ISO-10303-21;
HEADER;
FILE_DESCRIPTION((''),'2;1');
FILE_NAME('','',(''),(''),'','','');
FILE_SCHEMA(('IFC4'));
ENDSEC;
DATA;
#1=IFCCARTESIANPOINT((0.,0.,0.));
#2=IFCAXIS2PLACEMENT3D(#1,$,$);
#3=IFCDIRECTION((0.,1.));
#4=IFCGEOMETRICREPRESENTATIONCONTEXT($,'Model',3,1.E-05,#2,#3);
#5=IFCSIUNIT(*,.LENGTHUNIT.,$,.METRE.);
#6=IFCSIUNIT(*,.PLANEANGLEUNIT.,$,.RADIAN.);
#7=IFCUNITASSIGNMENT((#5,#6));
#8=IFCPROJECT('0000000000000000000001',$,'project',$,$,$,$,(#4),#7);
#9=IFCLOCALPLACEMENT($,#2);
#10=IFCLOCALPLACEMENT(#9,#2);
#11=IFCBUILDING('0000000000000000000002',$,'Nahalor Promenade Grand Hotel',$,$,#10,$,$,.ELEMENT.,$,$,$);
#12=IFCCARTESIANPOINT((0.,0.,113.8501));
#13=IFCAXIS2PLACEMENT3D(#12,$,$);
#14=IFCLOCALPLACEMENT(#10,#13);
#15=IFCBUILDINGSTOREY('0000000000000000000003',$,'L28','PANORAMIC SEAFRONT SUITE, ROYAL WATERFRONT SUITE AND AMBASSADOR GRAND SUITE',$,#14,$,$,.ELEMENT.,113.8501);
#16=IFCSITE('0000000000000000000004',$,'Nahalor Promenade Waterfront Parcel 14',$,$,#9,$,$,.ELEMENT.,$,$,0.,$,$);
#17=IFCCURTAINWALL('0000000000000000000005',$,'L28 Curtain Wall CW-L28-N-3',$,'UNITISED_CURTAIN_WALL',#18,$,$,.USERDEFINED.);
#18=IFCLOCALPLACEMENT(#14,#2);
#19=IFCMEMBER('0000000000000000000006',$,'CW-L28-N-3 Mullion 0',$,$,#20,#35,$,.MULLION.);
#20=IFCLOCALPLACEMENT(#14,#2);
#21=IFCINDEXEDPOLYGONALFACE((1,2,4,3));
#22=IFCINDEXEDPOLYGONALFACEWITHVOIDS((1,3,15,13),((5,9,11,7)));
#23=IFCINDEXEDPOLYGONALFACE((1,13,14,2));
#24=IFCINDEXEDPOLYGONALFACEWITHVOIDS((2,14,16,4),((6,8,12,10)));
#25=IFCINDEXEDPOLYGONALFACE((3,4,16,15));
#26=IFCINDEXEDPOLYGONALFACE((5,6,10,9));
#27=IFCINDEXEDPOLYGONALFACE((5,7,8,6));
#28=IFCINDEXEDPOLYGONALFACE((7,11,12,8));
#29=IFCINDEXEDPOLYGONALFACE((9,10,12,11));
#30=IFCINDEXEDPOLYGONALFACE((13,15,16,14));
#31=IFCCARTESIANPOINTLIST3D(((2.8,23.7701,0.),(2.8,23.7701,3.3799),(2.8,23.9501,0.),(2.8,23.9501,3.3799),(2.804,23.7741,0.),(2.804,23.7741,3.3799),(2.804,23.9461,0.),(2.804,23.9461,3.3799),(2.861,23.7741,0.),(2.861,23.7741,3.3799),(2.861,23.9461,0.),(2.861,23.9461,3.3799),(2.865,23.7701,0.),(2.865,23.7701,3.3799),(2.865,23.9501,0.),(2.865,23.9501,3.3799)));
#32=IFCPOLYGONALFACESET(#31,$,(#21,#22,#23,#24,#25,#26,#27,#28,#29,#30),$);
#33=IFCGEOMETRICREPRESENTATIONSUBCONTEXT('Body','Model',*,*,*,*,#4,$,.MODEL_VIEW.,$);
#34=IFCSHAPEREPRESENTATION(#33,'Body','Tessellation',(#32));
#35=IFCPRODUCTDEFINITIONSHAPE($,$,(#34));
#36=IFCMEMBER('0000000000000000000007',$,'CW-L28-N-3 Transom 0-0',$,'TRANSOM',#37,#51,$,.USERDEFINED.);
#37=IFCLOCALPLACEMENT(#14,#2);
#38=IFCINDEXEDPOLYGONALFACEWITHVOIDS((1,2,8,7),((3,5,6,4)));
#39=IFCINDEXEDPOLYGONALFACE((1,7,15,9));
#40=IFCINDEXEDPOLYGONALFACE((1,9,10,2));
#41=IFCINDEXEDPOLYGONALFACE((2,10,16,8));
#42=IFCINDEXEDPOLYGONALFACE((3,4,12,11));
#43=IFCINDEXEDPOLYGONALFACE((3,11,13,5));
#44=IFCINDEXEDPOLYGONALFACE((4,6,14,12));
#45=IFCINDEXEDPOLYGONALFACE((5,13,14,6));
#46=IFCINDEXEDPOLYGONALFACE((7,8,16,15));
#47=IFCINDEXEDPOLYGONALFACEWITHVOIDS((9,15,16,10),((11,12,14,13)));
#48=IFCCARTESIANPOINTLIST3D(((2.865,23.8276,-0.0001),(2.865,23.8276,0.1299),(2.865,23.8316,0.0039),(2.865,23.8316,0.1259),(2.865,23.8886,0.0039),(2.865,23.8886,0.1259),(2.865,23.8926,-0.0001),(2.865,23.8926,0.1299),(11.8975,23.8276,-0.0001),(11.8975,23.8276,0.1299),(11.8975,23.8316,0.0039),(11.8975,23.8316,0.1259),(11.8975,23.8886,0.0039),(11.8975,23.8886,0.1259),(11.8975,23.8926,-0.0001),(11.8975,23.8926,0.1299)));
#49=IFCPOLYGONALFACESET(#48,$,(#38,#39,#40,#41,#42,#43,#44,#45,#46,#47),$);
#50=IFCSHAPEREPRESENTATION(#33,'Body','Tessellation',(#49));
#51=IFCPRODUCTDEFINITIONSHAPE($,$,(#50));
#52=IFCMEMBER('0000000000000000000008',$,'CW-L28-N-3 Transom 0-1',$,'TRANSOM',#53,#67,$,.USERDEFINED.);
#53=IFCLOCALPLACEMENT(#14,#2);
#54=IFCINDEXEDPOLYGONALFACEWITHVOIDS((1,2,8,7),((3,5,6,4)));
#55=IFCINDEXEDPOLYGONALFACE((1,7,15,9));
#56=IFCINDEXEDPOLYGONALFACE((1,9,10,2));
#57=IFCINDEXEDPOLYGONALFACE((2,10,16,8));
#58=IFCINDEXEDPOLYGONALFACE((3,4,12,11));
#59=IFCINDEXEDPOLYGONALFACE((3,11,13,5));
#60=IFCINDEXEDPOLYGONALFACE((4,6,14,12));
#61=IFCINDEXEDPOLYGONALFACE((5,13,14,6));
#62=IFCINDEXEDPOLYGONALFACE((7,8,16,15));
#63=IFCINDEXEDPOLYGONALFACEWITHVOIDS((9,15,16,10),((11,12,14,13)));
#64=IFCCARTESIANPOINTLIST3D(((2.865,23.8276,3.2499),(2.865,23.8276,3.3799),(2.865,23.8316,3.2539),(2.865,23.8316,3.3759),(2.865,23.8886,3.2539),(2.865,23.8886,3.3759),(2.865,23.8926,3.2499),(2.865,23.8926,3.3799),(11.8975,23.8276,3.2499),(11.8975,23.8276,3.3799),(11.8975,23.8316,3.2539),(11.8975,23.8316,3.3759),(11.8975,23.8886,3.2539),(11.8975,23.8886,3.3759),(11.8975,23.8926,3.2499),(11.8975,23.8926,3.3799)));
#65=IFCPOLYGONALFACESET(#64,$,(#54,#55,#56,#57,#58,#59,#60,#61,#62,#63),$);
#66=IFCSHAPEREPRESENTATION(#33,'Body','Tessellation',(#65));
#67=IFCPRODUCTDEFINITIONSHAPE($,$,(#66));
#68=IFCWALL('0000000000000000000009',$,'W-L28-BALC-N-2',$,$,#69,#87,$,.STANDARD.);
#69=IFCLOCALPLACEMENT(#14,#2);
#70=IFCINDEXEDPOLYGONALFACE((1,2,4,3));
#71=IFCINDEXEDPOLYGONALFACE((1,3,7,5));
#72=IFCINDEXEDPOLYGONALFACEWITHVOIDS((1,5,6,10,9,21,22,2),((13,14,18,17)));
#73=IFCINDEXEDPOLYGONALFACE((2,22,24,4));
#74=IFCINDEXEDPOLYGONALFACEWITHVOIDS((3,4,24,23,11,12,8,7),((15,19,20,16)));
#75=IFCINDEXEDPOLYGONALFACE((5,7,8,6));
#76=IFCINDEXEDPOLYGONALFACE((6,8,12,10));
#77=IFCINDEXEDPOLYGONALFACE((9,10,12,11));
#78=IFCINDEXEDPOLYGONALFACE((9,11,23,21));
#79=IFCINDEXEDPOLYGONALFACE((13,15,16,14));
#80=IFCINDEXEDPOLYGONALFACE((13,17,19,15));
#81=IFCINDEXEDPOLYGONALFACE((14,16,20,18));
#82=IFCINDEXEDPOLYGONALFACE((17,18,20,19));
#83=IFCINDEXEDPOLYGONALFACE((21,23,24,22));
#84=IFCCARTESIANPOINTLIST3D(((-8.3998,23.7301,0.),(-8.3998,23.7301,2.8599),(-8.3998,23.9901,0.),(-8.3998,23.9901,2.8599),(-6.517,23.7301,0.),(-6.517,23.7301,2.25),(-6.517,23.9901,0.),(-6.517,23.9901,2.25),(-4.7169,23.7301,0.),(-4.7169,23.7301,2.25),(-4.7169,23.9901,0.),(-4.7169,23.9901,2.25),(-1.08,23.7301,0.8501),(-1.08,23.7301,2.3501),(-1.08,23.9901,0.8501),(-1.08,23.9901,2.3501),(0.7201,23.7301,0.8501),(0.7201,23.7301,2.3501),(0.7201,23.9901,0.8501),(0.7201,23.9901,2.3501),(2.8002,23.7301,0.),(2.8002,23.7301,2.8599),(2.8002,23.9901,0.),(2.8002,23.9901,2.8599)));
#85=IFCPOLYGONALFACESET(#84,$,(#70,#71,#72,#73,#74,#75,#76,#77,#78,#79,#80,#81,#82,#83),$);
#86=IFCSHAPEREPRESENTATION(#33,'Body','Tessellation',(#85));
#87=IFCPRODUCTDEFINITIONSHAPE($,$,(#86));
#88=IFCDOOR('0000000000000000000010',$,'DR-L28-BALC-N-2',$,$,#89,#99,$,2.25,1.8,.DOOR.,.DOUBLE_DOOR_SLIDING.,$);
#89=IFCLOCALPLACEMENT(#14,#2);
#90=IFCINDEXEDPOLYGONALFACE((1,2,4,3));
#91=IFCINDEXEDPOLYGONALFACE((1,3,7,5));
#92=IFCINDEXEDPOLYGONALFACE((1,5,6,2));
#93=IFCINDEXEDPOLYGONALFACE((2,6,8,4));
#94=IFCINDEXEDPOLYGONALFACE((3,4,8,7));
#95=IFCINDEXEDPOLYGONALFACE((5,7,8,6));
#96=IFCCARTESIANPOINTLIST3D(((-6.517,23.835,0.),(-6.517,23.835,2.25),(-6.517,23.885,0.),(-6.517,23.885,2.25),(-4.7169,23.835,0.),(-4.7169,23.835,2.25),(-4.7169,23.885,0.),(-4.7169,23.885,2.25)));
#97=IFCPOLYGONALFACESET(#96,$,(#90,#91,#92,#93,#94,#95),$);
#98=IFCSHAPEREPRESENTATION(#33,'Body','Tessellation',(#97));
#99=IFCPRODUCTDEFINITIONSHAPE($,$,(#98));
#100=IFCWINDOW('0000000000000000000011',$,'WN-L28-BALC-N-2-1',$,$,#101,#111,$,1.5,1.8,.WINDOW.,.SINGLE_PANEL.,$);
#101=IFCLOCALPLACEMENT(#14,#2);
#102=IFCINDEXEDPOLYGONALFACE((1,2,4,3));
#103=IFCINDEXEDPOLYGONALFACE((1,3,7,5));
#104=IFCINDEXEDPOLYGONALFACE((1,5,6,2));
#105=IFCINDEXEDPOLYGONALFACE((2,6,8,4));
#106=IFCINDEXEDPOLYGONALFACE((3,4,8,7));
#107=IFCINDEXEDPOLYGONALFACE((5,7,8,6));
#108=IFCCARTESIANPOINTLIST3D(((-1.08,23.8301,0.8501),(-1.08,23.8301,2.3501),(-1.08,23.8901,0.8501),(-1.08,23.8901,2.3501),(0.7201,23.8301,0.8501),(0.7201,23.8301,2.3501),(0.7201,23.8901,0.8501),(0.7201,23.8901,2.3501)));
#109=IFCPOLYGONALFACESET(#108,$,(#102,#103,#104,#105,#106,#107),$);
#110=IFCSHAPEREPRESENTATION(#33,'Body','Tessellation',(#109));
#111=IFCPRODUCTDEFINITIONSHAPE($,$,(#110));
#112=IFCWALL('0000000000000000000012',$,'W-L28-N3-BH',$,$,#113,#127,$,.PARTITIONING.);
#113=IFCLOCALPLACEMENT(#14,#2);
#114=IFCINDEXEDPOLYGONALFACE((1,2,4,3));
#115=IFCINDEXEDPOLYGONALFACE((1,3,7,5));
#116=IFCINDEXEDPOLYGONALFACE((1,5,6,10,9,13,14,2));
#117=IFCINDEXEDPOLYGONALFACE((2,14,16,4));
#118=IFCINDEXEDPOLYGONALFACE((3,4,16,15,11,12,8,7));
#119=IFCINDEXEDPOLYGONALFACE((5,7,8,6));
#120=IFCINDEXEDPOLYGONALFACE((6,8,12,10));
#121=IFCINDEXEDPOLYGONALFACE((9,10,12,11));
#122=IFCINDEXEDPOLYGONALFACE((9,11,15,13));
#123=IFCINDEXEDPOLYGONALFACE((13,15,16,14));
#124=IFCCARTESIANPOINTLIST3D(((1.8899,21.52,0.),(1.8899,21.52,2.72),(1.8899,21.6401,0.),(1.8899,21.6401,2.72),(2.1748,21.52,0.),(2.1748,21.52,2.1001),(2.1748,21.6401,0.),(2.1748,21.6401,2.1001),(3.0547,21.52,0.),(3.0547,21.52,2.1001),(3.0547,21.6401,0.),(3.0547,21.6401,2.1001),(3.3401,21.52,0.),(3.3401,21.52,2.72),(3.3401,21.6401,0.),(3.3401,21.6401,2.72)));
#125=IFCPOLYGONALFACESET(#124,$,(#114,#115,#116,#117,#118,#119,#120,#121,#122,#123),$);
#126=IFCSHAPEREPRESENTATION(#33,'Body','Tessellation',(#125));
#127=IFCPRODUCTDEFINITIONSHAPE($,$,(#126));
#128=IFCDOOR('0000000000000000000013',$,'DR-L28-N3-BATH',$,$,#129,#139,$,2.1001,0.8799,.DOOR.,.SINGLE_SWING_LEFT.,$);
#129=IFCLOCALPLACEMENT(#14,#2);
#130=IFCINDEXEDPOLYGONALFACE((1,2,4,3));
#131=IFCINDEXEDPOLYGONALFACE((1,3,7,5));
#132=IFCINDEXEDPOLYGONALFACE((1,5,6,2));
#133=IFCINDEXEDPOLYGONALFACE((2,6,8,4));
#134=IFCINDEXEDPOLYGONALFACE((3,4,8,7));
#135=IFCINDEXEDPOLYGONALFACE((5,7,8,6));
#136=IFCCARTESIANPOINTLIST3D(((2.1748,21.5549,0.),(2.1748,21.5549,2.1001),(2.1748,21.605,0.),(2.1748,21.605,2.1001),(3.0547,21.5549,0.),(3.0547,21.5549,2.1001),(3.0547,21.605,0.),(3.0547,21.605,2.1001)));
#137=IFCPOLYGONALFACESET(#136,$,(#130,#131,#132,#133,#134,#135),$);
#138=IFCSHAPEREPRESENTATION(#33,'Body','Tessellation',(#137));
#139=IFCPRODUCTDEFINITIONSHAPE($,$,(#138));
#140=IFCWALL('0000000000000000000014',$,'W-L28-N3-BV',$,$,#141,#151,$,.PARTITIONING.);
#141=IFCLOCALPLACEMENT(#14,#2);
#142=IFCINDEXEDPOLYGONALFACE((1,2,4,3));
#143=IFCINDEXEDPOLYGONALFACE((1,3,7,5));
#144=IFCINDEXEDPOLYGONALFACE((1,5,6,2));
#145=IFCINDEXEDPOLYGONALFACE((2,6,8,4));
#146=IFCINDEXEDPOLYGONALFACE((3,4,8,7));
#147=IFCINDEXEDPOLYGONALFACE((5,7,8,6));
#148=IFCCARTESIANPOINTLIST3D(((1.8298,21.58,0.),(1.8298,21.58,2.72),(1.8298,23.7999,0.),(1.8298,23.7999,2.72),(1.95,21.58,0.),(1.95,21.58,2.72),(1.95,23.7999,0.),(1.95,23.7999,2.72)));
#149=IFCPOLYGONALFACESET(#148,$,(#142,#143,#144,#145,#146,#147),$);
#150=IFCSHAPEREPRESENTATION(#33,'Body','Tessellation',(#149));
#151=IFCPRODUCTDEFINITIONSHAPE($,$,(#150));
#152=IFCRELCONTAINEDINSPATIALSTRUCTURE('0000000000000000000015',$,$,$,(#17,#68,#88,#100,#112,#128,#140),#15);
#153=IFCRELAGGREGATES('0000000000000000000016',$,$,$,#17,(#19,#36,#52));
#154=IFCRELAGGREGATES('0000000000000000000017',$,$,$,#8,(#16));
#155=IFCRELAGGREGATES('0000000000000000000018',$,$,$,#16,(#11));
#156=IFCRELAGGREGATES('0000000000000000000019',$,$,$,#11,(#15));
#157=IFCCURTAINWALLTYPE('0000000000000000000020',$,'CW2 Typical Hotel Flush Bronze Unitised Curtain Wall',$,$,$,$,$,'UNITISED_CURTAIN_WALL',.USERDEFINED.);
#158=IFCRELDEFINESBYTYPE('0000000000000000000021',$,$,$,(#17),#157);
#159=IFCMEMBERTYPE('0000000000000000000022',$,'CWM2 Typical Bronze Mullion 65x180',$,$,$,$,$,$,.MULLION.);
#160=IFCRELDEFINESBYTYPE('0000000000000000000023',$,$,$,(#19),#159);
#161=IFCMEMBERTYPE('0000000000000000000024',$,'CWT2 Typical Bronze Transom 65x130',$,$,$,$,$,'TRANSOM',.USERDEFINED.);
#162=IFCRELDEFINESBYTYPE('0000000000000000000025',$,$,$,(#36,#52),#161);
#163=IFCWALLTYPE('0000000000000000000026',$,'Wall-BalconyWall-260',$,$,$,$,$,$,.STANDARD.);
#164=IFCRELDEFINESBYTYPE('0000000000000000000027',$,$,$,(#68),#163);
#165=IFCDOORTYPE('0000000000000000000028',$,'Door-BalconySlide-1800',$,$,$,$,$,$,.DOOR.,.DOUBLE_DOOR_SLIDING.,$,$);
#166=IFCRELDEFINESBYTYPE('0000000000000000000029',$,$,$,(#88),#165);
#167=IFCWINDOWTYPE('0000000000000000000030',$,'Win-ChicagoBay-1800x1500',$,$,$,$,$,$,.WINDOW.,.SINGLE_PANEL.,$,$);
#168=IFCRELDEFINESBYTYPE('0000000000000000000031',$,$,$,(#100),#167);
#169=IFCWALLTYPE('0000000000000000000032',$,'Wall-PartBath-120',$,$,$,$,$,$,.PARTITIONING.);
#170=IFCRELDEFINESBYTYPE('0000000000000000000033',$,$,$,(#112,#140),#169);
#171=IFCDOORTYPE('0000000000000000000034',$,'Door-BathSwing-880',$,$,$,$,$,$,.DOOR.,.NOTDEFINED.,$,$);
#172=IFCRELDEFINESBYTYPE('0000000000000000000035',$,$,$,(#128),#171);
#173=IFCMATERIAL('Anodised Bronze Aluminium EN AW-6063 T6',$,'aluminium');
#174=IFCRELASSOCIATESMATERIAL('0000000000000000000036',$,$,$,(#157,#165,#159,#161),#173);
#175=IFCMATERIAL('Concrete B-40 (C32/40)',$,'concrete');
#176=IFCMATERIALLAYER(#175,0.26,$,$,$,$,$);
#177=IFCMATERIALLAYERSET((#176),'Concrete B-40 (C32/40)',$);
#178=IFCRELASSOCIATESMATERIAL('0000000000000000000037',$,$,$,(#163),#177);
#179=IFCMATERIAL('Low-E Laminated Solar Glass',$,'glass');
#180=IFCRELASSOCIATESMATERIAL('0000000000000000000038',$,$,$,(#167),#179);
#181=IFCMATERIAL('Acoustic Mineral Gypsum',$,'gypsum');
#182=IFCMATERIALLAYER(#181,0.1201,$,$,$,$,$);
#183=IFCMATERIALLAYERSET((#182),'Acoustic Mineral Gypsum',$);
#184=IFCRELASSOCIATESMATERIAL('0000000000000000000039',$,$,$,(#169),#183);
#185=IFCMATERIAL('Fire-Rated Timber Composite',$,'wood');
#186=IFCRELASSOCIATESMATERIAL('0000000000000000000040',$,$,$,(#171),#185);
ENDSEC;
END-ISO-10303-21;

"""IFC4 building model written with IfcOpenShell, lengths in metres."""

from ifc_helpers import new_model, si_unit, direction, frame, frame_2d, origin, origin_2d, place, context, subcontext, project, spatial, rectangle, hollow_rectangle, extrude, source, transform, mapped, material, layer, layer_set, material_profile, profile_set, type_object, element, fill, aggregate, save


model = new_model("IFC4")

# Units and contexts
model_context = context("Model", 3, precision=1e-05, world=origin(), true_north=direction((0.0, 1.0)))
body_context = subcontext(model_context, "Body", "Model", "MODEL_VIEW")
ifc_project = project(units=[si_unit("LENGTHUNIT", "METRE"), si_unit("PLANEANGLEUNIT", "RADIAN")], contexts=[model_context])

# Site, building, storey
site_placement = place(None, origin())
site = spatial("IfcSite", under=ifc_project, at=site_placement, Name="Nahalor Promenade Waterfront Parcel 14", CompositionType="ELEMENT", RefElevation=0.0)
building_placement = place(site_placement, origin())
building = spatial("IfcBuilding", under=site, at=building_placement, Name="Nahalor Promenade Grand Hotel", CompositionType="ELEMENT")
storey_placement = place(building_placement, frame((0.0, 0.0, 113.8501)))
storey = spatial("IfcBuildingStorey", under=building, at=storey_placement, Name="L28", Description="PANORAMIC SEAFRONT SUITE, ROYAL WATERFRONT SUITE AND AMBASSADOR GRAND SUITE", CompositionType="ELEMENT", Elevation=113.8501)

# Curtain wall, members
ifc_material_1 = material(Name="Anodised Bronze Aluminium EN AW-6063 T6", Category="aluminium")
curtain_wall_type = type_object("IfcCurtainWallType", Name="CW2 Typical Hotel Flush Bronze Unitised Curtain Wall", ElementType="UNITISED_CURTAIN_WALL", PredefinedType="USERDEFINED", material=ifc_material_1)
curtain_wall_placement = place(storey_placement, origin())
curtain_wall = element("IfcCurtainWall", 1, at=curtain_wall_placement, inside=storey, type_object=curtain_wall_type, Name="L28 Curtain Wall CW-L28-N-3", ObjectType="UNITISED_CURTAIN_WALL", PredefinedType="USERDEFINED")
ifc_material_profile_1 = material_profile(ifc_material_1, hollow_rectangle(XDim=0.065, YDim=0.18, WallThickness=0.004, at=origin_2d()), Name="CWM 65x180x4")
ifc_profile_set_1 = profile_set([ifc_material_profile_1], Name="Anodised Bronze Aluminium EN AW-6063 T6")
member_type_1 = type_object("IfcMemberType", Name="CWM2 Typical Bronze Mullion 65x180", PredefinedType="MULLION", material=ifc_profile_set_1)
shared_shape_1 = source(origin(), body_context, "Body", "SweptSolid", [
    extrude(hollow_rectangle(XDim=0.065, YDim=0.18, WallThickness=0.004, at=origin_2d()), origin(), (0.0, 0.0, 1.0), 3.3799),
])
member_1_placement = place(storey_placement, frame((2.8325, 23.8601, 0.0), z_axis=(0.0, 0.0, 1.0), x_axis=(1.0, 0.0, 0.0)))
member_1 = element("IfcMember", 2, at=member_1_placement, type_object=member_type_1, Name="CW-L28-N-3 Mullion 0", PredefinedType="MULLION", context=body_context, shape_type="MappedRepresentation", body=[
    mapped(shared_shape_1, transform((0.0, 0.0, 0.0), scale=1.0)),
])
ifc_material_profile_2 = material_profile(ifc_material_1, hollow_rectangle(XDim=0.065, YDim=0.13, WallThickness=0.004, at=origin_2d()), Name="CWT 65x130x4")
ifc_profile_set_2 = profile_set([ifc_material_profile_2], Name="Anodised Bronze Aluminium EN AW-6063 T6")
member_type_2 = type_object("IfcMemberType", Name="CWT2 Typical Bronze Transom 65x130", ElementType="TRANSOM", PredefinedType="USERDEFINED", material=ifc_profile_set_2)
shared_shape_2 = source(origin(), body_context, "Body", "SweptSolid", [
    extrude(hollow_rectangle(XDim=0.065, YDim=0.13, WallThickness=0.004, at=origin_2d()), origin(), (0.0, 0.0, 1.0), 9.0325),
])
member_2_placement = place(storey_placement, frame((2.865, 23.8601, 0.0649), z_axis=(1.0, 0.0, 0.0), x_axis=(0.0, 1.0, 0.0)))
member_2 = element("IfcMember", 3, at=member_2_placement, type_object=member_type_2, Name="CW-L28-N-3 Transom 0-0", ObjectType="TRANSOM", PredefinedType="USERDEFINED", context=body_context, shape_type="MappedRepresentation", body=[
    mapped(shared_shape_2, transform((0.0, 0.0, 0.0), scale=1.0)),
])
member_3_placement = place(storey_placement, frame((2.865, 23.8601, 3.3149), z_axis=(1.0, 0.0, 0.0), x_axis=(0.0, 1.0, 0.0)))
member_3 = element("IfcMember", 4, at=member_3_placement, type_object=member_type_2, Name="CW-L28-N-3 Transom 0-1", ObjectType="TRANSOM", PredefinedType="USERDEFINED", context=body_context, shape_type="MappedRepresentation", body=[
    mapped(shared_shape_2, transform((0.0, 0.0, 0.0), scale=1.0)),
])
aggregate(curtain_wall, [member_1, member_2, member_3])

# Wall, openings, door, window
ifc_material_2 = material(Name="Concrete B-40 (C32/40)", Category="concrete")
ifc_layer_1 = layer(ifc_material_2, 0.26)
ifc_layer_set_1 = layer_set([ifc_layer_1], Name="Concrete B-40 (C32/40)")
wall_type_1 = type_object("IfcWallType", Name="Wall-BalconyWall-260", PredefinedType="STANDARD", material=ifc_layer_set_1)
shared_shape_3 = source(origin(), body_context, "Body", "SweptSolid", [
    extrude(rectangle(XDim=11.2, YDim=0.26, at=frame_2d((5.6001, 0.0))), origin(), (0.0, 0.0, 1.0), 2.8599),
])
wall_1_placement = place(storey_placement, frame((-8.3999, 23.8601, 0.0), z_axis=(0.0, 0.0, 1.0), x_axis=(1.0, 0.0, 0.0)))
wall_1 = element("IfcWall", 5, at=wall_1_placement, inside=storey, type_object=wall_type_1, Name="W-L28-BALC-N-2", PredefinedType="STANDARD", context=body_context, shape_type="MappedRepresentation", body=[
    mapped(shared_shape_3, transform((0.0, 0.0, 0.0), scale=1.0)),
])
opening_1_placement = place(wall_1_placement, frame((1.8831, 0.0, 0.0)))
opening_1 = element("IfcOpeningElement", 6, at=opening_1_placement, cuts=wall_1, PredefinedType="OPENING", context=body_context, shape_type="SweptSolid", body=[
    extrude(rectangle(XDim=1.8, YDim=2.25, at=frame_2d((0.8999, 1.125))), frame((0.0, 0.1399, 0.0), z_axis=(0.0, -1.0, 0.0), x_axis=(1.0, 0.0, 0.0)), (0.0, 0.0, 1.0), 0.28),
])
opening_2_placement = place(wall_1_placement, frame((7.3201, 0.0, 0.8501)))
opening_2 = element("IfcOpeningElement", 7, at=opening_2_placement, cuts=wall_1, PredefinedType="OPENING", context=body_context, shape_type="SweptSolid", body=[
    extrude(rectangle(XDim=1.8, YDim=1.5, at=frame_2d((0.8999, 0.75))), frame((0.0, 0.1399, 0.0), z_axis=(0.0, -1.0, 0.0), x_axis=(1.0, 0.0, 0.0)), (0.0, 0.0, 1.0), 0.28),
])
door_type_1 = type_object("IfcDoorType", Name="Door-BalconySlide-1800", OperationType="DOUBLE_DOOR_SLIDING", PredefinedType="DOOR", material=ifc_material_1)
shared_shape_4 = source(origin(), body_context, "Body", "SweptSolid", [
    extrude(rectangle(XDim=1.8, YDim=2.25, at=frame_2d((0.8999, 1.125))), frame((0.0, 0.0249, 0.0), z_axis=(0.0, -1.0, 0.0), x_axis=(1.0, 0.0, 0.0)), (0.0, 0.0, 1.0), 0.05),
])
door_1_placement = place(opening_1_placement, origin())
door_1 = element("IfcDoor", 8, at=door_1_placement, inside=storey, type_object=door_type_1, Name="DR-L28-BALC-N-2", OperationType="DOUBLE_DOOR_SLIDING", OverallHeight=2.25, OverallWidth=1.8, PredefinedType="DOOR", context=body_context, shape_type="MappedRepresentation", body=[
    mapped(shared_shape_4, transform((0.0, 0.0, 0.0), scale=1.0)),
])
fill(opening_1, door_1)
ifc_material_3 = material(Name="Low-E Laminated Solar Glass", Category="glass")
window_type = type_object("IfcWindowType", Name="Win-ChicagoBay-1800x1500", PartitioningType="SINGLE_PANEL", PredefinedType="WINDOW", material=ifc_material_3)
shared_shape_5 = source(origin(), body_context, "Body", "SweptSolid", [
    extrude(rectangle(XDim=1.8, YDim=1.5, at=frame_2d((0.8999, 0.75))), frame((0.0, 0.03, 0.0), z_axis=(0.0, -1.0, 0.0), x_axis=(1.0, 0.0, 0.0)), (0.0, 0.0, 1.0), 0.0601),
])
window_placement = place(opening_2_placement, origin())
window = element("IfcWindow", 9, at=window_placement, inside=storey, type_object=window_type, Name="WN-L28-BALC-N-2-1", OverallHeight=1.5, OverallWidth=1.8, PartitioningType="SINGLE_PANEL", PredefinedType="WINDOW", context=body_context, shape_type="MappedRepresentation", body=[
    mapped(shared_shape_5, transform((0.0, 0.0, 0.0), scale=1.0)),
])
fill(opening_2, window)

# Wall, opening, door
ifc_material_4 = material(Name="Acoustic Mineral Gypsum", Category="gypsum")
ifc_layer_2 = layer(ifc_material_4, 0.1201)
ifc_layer_set_2 = layer_set([ifc_layer_2], Name="Acoustic Mineral Gypsum")
wall_type_2 = type_object("IfcWallType", Name="Wall-PartBath-120", PredefinedType="PARTITIONING", material=ifc_layer_set_2)
shared_shape_6 = source(origin(), body_context, "Body", "SweptSolid", [
    extrude(rectangle(XDim=1.4502, YDim=0.1201, at=frame_2d((0.7251, 0.0))), origin(), (0.0, 0.0, 1.0), 2.72),
])
wall_2_placement = place(storey_placement, frame((1.8899, 21.5801, 0.0), z_axis=(0.0, 0.0, 1.0), x_axis=(1.0, 0.0, 0.0)))
wall_2 = element("IfcWall", 10, at=wall_2_placement, inside=storey, type_object=wall_type_2, Name="W-L28-N3-BH", PredefinedType="PARTITIONING", context=body_context, shape_type="MappedRepresentation", body=[
    mapped(shared_shape_6, transform((0.0, 0.0, 0.0), scale=1.0)),
])
opening_3_placement = place(wall_2_placement, frame((0.2849, 0.0, 0.0)))
opening_3 = element("IfcOpeningElement", 11, at=opening_3_placement, cuts=wall_2, PredefinedType="OPENING", context=body_context, shape_type="SweptSolid", body=[
    extrude(rectangle(XDim=0.8799, YDim=2.1001, at=frame_2d((0.4399, 1.05))), frame((0.0, 0.0701, 0.0), z_axis=(0.0, -1.0, 0.0), x_axis=(1.0, 0.0, 0.0)), (0.0, 0.0, 1.0), 0.1401),
])
ifc_material_5 = material(Name="Fire-Rated Timber Composite", Category="wood")
door_type_2 = type_object("IfcDoorType", Name="Door-BathSwing-880", OperationType="NOTDEFINED", PredefinedType="DOOR", material=ifc_material_5)
shared_shape_7 = source(origin(), body_context, "Body", "SweptSolid", [
    extrude(rectangle(XDim=0.8799, YDim=2.1001, at=frame_2d((0.4399, 1.05))), frame((0.0, 0.0249, 0.0), z_axis=(0.0, -1.0, 0.0), x_axis=(1.0, 0.0, 0.0)), (0.0, 0.0, 1.0), 0.05),
])
door_2_placement = place(opening_3_placement, origin())
door_2 = element("IfcDoor", 12, at=door_2_placement, inside=storey, type_object=door_type_2, Name="DR-L28-N3-BATH", OperationType="SINGLE_SWING_LEFT", OverallHeight=2.1001, OverallWidth=0.8799, PredefinedType="DOOR", context=body_context, shape_type="MappedRepresentation", body=[
    mapped(shared_shape_7, transform((0.0, 0.0, 0.0), scale=1.0)),
])
fill(opening_3, door_2)

# Wall
shared_shape_8 = source(origin(), body_context, "Body", "SweptSolid", [
    extrude(rectangle(XDim=2.22, YDim=0.1201, at=frame_2d((1.1099, 0.0))), origin(), (0.0, 0.0, 1.0), 2.72),
])
wall_3_placement = place(storey_placement, frame((1.8899, 21.5801, 0.0), z_axis=(0.0, 0.0, 1.0), x_axis=(0.0, 1.0, 0.0)))
element("IfcWall", 13, at=wall_3_placement, inside=storey, type_object=wall_type_2, Name="W-L28-N3-BV", PredefinedType="PARTITIONING", context=body_context, shape_type="MappedRepresentation", body=[
    mapped(shared_shape_8, transform((0.0, 0.0, 0.0), scale=1.0)),
])

save(model, "model.ifc")
